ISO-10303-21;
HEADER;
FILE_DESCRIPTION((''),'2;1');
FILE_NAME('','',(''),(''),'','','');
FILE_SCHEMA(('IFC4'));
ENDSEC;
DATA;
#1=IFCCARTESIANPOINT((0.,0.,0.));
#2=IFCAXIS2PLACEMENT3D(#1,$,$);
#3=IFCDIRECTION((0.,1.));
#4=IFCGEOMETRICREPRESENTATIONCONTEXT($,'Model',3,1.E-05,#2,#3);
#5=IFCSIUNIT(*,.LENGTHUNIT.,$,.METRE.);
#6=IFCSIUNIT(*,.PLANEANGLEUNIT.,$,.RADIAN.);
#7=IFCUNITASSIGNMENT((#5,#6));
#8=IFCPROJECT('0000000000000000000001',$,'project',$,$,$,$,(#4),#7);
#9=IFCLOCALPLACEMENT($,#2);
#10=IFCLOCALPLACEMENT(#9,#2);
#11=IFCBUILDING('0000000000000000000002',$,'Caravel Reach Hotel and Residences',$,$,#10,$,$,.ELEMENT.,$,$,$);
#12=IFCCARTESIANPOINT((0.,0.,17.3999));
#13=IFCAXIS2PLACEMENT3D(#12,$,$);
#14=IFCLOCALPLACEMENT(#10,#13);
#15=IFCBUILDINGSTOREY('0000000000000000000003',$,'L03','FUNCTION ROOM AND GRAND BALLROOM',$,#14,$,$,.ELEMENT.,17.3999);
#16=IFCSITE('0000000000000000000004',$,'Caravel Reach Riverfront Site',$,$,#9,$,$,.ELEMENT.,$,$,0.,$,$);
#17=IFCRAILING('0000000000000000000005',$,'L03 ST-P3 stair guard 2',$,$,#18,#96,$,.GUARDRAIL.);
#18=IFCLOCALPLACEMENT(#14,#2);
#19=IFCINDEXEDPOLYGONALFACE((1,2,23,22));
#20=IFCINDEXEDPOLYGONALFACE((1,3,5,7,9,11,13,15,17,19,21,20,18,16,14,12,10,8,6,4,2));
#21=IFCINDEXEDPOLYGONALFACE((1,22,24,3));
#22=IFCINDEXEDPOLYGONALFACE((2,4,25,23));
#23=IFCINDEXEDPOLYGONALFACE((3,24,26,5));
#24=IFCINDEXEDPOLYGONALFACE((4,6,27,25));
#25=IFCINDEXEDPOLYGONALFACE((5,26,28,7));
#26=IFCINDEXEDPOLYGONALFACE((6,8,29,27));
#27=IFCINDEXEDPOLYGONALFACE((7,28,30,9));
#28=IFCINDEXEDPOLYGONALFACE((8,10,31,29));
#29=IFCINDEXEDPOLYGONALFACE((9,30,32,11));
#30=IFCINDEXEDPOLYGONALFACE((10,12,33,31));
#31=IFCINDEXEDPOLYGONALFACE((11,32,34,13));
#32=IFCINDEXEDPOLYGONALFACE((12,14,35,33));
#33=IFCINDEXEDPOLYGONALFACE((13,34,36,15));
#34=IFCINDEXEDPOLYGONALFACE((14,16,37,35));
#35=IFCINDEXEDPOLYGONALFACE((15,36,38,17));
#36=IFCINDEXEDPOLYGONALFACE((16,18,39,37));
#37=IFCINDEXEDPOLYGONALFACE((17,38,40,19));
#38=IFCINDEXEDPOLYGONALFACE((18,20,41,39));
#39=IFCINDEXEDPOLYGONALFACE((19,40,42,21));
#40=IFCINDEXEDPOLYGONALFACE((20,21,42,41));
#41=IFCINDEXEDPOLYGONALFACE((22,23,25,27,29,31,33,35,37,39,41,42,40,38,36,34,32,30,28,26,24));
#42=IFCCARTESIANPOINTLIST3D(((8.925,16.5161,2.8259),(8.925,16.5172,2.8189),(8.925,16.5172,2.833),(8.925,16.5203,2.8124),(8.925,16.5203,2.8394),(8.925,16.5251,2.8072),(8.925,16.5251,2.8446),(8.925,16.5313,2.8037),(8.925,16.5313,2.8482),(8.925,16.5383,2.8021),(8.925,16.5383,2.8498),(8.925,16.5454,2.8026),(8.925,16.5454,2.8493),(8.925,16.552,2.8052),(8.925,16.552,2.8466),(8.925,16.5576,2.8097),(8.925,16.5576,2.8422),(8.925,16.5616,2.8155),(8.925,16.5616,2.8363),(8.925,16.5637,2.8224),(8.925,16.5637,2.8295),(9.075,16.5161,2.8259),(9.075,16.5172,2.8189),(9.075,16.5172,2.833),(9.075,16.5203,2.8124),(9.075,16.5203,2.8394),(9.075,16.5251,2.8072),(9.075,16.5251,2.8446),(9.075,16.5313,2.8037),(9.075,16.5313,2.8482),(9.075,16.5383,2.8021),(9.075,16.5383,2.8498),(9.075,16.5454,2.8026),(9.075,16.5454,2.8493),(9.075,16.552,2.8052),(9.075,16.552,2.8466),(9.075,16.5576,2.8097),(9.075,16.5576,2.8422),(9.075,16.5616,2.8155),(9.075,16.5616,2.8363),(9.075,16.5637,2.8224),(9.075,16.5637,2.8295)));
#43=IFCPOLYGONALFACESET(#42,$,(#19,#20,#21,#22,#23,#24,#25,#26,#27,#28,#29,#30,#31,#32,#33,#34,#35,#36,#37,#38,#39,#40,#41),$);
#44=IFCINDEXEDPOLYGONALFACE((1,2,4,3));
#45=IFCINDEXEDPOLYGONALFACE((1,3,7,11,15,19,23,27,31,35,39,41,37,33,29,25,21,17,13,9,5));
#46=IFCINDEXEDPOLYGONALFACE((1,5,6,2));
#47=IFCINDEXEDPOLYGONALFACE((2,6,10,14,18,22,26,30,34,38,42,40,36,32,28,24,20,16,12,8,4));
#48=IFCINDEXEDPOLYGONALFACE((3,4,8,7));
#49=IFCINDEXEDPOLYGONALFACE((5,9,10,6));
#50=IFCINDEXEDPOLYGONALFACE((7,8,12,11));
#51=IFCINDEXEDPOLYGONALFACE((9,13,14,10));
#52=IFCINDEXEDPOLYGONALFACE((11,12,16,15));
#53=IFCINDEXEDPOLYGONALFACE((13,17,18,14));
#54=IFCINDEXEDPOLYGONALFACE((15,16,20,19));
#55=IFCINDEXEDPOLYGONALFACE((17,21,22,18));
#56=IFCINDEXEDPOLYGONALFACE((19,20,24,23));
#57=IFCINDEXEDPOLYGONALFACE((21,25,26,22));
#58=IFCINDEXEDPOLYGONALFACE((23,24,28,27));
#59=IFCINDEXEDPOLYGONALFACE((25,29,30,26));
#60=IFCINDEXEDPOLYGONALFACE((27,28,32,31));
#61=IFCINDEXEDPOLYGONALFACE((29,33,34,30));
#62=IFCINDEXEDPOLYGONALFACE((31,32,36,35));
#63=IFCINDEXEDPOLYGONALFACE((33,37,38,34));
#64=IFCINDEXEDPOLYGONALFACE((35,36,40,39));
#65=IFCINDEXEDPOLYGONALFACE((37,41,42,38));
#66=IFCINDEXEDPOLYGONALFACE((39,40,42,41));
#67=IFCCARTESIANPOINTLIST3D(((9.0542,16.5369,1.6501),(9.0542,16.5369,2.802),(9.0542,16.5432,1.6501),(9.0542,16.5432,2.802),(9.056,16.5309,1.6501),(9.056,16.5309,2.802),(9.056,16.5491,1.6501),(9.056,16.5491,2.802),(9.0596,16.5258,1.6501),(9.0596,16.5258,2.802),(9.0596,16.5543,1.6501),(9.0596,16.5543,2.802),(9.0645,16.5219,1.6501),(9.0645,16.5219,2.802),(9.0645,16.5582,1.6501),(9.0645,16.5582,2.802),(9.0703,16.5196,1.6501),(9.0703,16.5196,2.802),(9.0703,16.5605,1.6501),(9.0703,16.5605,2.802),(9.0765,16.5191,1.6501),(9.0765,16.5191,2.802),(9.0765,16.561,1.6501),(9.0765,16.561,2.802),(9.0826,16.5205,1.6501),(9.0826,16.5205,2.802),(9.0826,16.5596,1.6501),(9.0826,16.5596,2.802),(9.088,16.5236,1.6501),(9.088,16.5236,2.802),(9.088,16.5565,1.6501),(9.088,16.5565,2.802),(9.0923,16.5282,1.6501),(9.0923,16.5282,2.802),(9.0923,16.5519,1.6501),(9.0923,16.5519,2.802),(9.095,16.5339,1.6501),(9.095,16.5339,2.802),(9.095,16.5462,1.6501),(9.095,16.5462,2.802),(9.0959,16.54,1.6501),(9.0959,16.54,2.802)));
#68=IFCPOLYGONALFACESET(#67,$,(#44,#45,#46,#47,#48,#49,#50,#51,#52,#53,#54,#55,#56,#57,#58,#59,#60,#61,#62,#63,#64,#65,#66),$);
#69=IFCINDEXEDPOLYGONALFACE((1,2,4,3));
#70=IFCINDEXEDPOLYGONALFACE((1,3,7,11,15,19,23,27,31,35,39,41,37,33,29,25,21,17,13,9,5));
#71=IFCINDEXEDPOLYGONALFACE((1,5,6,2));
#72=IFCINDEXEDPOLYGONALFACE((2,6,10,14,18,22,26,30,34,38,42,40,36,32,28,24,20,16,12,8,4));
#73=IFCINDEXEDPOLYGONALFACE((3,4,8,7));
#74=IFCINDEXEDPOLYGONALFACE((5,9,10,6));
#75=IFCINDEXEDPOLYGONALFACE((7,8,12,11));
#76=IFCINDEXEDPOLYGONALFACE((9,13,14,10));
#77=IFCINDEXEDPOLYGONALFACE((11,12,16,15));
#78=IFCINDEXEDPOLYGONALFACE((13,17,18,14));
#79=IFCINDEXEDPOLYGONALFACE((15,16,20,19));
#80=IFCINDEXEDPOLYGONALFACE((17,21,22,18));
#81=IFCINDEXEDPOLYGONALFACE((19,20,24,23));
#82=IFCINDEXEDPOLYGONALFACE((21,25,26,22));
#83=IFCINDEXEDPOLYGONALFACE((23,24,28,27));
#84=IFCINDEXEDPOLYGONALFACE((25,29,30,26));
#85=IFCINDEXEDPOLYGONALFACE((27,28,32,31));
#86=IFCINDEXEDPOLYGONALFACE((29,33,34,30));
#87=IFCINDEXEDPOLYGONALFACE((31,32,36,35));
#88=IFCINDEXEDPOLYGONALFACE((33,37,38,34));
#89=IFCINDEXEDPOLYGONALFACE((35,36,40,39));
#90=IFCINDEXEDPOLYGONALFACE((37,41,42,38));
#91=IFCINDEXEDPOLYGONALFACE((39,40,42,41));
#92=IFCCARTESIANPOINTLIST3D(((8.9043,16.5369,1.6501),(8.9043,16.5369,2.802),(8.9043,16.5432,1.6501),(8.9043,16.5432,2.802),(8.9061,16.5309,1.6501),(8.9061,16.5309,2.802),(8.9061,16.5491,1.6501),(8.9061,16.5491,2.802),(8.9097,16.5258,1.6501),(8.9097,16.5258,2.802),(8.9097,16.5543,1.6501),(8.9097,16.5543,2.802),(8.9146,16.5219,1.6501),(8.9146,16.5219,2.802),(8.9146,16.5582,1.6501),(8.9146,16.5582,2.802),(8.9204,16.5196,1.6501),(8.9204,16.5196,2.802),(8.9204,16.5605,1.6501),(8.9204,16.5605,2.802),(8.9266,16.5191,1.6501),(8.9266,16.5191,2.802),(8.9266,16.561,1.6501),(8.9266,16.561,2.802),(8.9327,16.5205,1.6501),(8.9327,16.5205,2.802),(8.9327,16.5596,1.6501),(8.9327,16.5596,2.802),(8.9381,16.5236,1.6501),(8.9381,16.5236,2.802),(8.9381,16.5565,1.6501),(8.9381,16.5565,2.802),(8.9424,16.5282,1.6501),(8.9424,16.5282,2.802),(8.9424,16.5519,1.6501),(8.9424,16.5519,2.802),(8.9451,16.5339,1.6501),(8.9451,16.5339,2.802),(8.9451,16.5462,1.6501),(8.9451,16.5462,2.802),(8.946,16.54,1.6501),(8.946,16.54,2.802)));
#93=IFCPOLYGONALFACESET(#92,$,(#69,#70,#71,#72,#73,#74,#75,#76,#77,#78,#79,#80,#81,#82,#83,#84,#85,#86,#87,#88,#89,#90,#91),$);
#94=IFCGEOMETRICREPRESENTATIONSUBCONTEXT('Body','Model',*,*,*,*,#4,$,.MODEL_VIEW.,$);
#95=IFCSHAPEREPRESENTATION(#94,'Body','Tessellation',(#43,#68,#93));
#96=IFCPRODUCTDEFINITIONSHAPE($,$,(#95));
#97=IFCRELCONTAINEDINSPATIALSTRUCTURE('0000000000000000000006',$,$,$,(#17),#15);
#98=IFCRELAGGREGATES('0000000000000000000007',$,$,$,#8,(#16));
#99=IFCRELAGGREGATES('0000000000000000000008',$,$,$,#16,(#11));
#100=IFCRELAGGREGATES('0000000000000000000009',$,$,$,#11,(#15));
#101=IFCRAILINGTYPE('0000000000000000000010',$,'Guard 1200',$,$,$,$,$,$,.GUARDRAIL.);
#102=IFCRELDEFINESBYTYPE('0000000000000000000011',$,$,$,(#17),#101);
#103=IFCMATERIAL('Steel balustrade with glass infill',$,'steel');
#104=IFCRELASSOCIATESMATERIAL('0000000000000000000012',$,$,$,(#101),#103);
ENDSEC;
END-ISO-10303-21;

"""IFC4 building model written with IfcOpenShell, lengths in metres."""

from ifc_helpers import new_model, si_unit, direction, frame, origin, origin_2d, place, context, subcontext, project, spatial, circle, extrude, material, type_object, element, save


model = new_model("IFC4")

# Units and contexts
model_context = context("Model", 3, precision=1e-05, world=origin(), true_north=direction((0.0, 1.0)))
body_context = subcontext(model_context, "Body", "Model", "MODEL_VIEW")
ifc_project = project(units=[si_unit("LENGTHUNIT", "METRE"), si_unit("PLANEANGLEUNIT", "RADIAN")], contexts=[model_context])

# Site, building, storey
site_placement = place(None, origin())
site = spatial("IfcSite", under=ifc_project, at=site_placement, Name="Caravel Reach Riverfront Site", CompositionType="ELEMENT", RefElevation=0.0)
building_placement = place(site_placement, origin())
building = spatial("IfcBuilding", under=site, at=building_placement, Name="Caravel Reach Hotel and Residences", CompositionType="ELEMENT")
storey_placement = place(building_placement, frame((0.0, 0.0, 17.3999)))
storey = spatial("IfcBuildingStorey", under=building, at=storey_placement, Name="L03", Description="FUNCTION ROOM AND GRAND BALLROOM", CompositionType="ELEMENT", Elevation=17.3999)

# Railing
ifc_material_1 = material(Name="Steel balustrade with glass infill", Category="steel")
railing_type_1 = type_object("IfcRailingType", Name="Guard 1200", PredefinedType="GUARDRAIL", material=ifc_material_1)
railing_1_placement = place(storey_placement, frame((9.075, 16.54, 1.6501)))
element("IfcRailing", 1, at=railing_1_placement, inside=storey, type_object=railing_type_1, Name="L03 ST-P3 stair guard 2", PredefinedType="GUARDRAIL", context=body_context, shape_type="SweptSolid", body=[
    extrude(circle(Radius=0.0239, at=origin_2d()), frame((0.0, 0.0, 1.1758), z_axis=(-1.0, 0.0, 0.0), x_axis=(0.0, -1.0, 0.0)), (0.0, 0.0, 1.0), 0.1499),
    extrude(circle(Radius=0.021, at=origin_2d()), origin(), (0.0, 0.0, 1.0), 1.1519),
    extrude(circle(Radius=0.021, at=origin_2d()), frame((-0.1499, 0.0, 0.0)), (0.0, 0.0, 1.0), 1.1519),
])

save(model, "model.ifc")
